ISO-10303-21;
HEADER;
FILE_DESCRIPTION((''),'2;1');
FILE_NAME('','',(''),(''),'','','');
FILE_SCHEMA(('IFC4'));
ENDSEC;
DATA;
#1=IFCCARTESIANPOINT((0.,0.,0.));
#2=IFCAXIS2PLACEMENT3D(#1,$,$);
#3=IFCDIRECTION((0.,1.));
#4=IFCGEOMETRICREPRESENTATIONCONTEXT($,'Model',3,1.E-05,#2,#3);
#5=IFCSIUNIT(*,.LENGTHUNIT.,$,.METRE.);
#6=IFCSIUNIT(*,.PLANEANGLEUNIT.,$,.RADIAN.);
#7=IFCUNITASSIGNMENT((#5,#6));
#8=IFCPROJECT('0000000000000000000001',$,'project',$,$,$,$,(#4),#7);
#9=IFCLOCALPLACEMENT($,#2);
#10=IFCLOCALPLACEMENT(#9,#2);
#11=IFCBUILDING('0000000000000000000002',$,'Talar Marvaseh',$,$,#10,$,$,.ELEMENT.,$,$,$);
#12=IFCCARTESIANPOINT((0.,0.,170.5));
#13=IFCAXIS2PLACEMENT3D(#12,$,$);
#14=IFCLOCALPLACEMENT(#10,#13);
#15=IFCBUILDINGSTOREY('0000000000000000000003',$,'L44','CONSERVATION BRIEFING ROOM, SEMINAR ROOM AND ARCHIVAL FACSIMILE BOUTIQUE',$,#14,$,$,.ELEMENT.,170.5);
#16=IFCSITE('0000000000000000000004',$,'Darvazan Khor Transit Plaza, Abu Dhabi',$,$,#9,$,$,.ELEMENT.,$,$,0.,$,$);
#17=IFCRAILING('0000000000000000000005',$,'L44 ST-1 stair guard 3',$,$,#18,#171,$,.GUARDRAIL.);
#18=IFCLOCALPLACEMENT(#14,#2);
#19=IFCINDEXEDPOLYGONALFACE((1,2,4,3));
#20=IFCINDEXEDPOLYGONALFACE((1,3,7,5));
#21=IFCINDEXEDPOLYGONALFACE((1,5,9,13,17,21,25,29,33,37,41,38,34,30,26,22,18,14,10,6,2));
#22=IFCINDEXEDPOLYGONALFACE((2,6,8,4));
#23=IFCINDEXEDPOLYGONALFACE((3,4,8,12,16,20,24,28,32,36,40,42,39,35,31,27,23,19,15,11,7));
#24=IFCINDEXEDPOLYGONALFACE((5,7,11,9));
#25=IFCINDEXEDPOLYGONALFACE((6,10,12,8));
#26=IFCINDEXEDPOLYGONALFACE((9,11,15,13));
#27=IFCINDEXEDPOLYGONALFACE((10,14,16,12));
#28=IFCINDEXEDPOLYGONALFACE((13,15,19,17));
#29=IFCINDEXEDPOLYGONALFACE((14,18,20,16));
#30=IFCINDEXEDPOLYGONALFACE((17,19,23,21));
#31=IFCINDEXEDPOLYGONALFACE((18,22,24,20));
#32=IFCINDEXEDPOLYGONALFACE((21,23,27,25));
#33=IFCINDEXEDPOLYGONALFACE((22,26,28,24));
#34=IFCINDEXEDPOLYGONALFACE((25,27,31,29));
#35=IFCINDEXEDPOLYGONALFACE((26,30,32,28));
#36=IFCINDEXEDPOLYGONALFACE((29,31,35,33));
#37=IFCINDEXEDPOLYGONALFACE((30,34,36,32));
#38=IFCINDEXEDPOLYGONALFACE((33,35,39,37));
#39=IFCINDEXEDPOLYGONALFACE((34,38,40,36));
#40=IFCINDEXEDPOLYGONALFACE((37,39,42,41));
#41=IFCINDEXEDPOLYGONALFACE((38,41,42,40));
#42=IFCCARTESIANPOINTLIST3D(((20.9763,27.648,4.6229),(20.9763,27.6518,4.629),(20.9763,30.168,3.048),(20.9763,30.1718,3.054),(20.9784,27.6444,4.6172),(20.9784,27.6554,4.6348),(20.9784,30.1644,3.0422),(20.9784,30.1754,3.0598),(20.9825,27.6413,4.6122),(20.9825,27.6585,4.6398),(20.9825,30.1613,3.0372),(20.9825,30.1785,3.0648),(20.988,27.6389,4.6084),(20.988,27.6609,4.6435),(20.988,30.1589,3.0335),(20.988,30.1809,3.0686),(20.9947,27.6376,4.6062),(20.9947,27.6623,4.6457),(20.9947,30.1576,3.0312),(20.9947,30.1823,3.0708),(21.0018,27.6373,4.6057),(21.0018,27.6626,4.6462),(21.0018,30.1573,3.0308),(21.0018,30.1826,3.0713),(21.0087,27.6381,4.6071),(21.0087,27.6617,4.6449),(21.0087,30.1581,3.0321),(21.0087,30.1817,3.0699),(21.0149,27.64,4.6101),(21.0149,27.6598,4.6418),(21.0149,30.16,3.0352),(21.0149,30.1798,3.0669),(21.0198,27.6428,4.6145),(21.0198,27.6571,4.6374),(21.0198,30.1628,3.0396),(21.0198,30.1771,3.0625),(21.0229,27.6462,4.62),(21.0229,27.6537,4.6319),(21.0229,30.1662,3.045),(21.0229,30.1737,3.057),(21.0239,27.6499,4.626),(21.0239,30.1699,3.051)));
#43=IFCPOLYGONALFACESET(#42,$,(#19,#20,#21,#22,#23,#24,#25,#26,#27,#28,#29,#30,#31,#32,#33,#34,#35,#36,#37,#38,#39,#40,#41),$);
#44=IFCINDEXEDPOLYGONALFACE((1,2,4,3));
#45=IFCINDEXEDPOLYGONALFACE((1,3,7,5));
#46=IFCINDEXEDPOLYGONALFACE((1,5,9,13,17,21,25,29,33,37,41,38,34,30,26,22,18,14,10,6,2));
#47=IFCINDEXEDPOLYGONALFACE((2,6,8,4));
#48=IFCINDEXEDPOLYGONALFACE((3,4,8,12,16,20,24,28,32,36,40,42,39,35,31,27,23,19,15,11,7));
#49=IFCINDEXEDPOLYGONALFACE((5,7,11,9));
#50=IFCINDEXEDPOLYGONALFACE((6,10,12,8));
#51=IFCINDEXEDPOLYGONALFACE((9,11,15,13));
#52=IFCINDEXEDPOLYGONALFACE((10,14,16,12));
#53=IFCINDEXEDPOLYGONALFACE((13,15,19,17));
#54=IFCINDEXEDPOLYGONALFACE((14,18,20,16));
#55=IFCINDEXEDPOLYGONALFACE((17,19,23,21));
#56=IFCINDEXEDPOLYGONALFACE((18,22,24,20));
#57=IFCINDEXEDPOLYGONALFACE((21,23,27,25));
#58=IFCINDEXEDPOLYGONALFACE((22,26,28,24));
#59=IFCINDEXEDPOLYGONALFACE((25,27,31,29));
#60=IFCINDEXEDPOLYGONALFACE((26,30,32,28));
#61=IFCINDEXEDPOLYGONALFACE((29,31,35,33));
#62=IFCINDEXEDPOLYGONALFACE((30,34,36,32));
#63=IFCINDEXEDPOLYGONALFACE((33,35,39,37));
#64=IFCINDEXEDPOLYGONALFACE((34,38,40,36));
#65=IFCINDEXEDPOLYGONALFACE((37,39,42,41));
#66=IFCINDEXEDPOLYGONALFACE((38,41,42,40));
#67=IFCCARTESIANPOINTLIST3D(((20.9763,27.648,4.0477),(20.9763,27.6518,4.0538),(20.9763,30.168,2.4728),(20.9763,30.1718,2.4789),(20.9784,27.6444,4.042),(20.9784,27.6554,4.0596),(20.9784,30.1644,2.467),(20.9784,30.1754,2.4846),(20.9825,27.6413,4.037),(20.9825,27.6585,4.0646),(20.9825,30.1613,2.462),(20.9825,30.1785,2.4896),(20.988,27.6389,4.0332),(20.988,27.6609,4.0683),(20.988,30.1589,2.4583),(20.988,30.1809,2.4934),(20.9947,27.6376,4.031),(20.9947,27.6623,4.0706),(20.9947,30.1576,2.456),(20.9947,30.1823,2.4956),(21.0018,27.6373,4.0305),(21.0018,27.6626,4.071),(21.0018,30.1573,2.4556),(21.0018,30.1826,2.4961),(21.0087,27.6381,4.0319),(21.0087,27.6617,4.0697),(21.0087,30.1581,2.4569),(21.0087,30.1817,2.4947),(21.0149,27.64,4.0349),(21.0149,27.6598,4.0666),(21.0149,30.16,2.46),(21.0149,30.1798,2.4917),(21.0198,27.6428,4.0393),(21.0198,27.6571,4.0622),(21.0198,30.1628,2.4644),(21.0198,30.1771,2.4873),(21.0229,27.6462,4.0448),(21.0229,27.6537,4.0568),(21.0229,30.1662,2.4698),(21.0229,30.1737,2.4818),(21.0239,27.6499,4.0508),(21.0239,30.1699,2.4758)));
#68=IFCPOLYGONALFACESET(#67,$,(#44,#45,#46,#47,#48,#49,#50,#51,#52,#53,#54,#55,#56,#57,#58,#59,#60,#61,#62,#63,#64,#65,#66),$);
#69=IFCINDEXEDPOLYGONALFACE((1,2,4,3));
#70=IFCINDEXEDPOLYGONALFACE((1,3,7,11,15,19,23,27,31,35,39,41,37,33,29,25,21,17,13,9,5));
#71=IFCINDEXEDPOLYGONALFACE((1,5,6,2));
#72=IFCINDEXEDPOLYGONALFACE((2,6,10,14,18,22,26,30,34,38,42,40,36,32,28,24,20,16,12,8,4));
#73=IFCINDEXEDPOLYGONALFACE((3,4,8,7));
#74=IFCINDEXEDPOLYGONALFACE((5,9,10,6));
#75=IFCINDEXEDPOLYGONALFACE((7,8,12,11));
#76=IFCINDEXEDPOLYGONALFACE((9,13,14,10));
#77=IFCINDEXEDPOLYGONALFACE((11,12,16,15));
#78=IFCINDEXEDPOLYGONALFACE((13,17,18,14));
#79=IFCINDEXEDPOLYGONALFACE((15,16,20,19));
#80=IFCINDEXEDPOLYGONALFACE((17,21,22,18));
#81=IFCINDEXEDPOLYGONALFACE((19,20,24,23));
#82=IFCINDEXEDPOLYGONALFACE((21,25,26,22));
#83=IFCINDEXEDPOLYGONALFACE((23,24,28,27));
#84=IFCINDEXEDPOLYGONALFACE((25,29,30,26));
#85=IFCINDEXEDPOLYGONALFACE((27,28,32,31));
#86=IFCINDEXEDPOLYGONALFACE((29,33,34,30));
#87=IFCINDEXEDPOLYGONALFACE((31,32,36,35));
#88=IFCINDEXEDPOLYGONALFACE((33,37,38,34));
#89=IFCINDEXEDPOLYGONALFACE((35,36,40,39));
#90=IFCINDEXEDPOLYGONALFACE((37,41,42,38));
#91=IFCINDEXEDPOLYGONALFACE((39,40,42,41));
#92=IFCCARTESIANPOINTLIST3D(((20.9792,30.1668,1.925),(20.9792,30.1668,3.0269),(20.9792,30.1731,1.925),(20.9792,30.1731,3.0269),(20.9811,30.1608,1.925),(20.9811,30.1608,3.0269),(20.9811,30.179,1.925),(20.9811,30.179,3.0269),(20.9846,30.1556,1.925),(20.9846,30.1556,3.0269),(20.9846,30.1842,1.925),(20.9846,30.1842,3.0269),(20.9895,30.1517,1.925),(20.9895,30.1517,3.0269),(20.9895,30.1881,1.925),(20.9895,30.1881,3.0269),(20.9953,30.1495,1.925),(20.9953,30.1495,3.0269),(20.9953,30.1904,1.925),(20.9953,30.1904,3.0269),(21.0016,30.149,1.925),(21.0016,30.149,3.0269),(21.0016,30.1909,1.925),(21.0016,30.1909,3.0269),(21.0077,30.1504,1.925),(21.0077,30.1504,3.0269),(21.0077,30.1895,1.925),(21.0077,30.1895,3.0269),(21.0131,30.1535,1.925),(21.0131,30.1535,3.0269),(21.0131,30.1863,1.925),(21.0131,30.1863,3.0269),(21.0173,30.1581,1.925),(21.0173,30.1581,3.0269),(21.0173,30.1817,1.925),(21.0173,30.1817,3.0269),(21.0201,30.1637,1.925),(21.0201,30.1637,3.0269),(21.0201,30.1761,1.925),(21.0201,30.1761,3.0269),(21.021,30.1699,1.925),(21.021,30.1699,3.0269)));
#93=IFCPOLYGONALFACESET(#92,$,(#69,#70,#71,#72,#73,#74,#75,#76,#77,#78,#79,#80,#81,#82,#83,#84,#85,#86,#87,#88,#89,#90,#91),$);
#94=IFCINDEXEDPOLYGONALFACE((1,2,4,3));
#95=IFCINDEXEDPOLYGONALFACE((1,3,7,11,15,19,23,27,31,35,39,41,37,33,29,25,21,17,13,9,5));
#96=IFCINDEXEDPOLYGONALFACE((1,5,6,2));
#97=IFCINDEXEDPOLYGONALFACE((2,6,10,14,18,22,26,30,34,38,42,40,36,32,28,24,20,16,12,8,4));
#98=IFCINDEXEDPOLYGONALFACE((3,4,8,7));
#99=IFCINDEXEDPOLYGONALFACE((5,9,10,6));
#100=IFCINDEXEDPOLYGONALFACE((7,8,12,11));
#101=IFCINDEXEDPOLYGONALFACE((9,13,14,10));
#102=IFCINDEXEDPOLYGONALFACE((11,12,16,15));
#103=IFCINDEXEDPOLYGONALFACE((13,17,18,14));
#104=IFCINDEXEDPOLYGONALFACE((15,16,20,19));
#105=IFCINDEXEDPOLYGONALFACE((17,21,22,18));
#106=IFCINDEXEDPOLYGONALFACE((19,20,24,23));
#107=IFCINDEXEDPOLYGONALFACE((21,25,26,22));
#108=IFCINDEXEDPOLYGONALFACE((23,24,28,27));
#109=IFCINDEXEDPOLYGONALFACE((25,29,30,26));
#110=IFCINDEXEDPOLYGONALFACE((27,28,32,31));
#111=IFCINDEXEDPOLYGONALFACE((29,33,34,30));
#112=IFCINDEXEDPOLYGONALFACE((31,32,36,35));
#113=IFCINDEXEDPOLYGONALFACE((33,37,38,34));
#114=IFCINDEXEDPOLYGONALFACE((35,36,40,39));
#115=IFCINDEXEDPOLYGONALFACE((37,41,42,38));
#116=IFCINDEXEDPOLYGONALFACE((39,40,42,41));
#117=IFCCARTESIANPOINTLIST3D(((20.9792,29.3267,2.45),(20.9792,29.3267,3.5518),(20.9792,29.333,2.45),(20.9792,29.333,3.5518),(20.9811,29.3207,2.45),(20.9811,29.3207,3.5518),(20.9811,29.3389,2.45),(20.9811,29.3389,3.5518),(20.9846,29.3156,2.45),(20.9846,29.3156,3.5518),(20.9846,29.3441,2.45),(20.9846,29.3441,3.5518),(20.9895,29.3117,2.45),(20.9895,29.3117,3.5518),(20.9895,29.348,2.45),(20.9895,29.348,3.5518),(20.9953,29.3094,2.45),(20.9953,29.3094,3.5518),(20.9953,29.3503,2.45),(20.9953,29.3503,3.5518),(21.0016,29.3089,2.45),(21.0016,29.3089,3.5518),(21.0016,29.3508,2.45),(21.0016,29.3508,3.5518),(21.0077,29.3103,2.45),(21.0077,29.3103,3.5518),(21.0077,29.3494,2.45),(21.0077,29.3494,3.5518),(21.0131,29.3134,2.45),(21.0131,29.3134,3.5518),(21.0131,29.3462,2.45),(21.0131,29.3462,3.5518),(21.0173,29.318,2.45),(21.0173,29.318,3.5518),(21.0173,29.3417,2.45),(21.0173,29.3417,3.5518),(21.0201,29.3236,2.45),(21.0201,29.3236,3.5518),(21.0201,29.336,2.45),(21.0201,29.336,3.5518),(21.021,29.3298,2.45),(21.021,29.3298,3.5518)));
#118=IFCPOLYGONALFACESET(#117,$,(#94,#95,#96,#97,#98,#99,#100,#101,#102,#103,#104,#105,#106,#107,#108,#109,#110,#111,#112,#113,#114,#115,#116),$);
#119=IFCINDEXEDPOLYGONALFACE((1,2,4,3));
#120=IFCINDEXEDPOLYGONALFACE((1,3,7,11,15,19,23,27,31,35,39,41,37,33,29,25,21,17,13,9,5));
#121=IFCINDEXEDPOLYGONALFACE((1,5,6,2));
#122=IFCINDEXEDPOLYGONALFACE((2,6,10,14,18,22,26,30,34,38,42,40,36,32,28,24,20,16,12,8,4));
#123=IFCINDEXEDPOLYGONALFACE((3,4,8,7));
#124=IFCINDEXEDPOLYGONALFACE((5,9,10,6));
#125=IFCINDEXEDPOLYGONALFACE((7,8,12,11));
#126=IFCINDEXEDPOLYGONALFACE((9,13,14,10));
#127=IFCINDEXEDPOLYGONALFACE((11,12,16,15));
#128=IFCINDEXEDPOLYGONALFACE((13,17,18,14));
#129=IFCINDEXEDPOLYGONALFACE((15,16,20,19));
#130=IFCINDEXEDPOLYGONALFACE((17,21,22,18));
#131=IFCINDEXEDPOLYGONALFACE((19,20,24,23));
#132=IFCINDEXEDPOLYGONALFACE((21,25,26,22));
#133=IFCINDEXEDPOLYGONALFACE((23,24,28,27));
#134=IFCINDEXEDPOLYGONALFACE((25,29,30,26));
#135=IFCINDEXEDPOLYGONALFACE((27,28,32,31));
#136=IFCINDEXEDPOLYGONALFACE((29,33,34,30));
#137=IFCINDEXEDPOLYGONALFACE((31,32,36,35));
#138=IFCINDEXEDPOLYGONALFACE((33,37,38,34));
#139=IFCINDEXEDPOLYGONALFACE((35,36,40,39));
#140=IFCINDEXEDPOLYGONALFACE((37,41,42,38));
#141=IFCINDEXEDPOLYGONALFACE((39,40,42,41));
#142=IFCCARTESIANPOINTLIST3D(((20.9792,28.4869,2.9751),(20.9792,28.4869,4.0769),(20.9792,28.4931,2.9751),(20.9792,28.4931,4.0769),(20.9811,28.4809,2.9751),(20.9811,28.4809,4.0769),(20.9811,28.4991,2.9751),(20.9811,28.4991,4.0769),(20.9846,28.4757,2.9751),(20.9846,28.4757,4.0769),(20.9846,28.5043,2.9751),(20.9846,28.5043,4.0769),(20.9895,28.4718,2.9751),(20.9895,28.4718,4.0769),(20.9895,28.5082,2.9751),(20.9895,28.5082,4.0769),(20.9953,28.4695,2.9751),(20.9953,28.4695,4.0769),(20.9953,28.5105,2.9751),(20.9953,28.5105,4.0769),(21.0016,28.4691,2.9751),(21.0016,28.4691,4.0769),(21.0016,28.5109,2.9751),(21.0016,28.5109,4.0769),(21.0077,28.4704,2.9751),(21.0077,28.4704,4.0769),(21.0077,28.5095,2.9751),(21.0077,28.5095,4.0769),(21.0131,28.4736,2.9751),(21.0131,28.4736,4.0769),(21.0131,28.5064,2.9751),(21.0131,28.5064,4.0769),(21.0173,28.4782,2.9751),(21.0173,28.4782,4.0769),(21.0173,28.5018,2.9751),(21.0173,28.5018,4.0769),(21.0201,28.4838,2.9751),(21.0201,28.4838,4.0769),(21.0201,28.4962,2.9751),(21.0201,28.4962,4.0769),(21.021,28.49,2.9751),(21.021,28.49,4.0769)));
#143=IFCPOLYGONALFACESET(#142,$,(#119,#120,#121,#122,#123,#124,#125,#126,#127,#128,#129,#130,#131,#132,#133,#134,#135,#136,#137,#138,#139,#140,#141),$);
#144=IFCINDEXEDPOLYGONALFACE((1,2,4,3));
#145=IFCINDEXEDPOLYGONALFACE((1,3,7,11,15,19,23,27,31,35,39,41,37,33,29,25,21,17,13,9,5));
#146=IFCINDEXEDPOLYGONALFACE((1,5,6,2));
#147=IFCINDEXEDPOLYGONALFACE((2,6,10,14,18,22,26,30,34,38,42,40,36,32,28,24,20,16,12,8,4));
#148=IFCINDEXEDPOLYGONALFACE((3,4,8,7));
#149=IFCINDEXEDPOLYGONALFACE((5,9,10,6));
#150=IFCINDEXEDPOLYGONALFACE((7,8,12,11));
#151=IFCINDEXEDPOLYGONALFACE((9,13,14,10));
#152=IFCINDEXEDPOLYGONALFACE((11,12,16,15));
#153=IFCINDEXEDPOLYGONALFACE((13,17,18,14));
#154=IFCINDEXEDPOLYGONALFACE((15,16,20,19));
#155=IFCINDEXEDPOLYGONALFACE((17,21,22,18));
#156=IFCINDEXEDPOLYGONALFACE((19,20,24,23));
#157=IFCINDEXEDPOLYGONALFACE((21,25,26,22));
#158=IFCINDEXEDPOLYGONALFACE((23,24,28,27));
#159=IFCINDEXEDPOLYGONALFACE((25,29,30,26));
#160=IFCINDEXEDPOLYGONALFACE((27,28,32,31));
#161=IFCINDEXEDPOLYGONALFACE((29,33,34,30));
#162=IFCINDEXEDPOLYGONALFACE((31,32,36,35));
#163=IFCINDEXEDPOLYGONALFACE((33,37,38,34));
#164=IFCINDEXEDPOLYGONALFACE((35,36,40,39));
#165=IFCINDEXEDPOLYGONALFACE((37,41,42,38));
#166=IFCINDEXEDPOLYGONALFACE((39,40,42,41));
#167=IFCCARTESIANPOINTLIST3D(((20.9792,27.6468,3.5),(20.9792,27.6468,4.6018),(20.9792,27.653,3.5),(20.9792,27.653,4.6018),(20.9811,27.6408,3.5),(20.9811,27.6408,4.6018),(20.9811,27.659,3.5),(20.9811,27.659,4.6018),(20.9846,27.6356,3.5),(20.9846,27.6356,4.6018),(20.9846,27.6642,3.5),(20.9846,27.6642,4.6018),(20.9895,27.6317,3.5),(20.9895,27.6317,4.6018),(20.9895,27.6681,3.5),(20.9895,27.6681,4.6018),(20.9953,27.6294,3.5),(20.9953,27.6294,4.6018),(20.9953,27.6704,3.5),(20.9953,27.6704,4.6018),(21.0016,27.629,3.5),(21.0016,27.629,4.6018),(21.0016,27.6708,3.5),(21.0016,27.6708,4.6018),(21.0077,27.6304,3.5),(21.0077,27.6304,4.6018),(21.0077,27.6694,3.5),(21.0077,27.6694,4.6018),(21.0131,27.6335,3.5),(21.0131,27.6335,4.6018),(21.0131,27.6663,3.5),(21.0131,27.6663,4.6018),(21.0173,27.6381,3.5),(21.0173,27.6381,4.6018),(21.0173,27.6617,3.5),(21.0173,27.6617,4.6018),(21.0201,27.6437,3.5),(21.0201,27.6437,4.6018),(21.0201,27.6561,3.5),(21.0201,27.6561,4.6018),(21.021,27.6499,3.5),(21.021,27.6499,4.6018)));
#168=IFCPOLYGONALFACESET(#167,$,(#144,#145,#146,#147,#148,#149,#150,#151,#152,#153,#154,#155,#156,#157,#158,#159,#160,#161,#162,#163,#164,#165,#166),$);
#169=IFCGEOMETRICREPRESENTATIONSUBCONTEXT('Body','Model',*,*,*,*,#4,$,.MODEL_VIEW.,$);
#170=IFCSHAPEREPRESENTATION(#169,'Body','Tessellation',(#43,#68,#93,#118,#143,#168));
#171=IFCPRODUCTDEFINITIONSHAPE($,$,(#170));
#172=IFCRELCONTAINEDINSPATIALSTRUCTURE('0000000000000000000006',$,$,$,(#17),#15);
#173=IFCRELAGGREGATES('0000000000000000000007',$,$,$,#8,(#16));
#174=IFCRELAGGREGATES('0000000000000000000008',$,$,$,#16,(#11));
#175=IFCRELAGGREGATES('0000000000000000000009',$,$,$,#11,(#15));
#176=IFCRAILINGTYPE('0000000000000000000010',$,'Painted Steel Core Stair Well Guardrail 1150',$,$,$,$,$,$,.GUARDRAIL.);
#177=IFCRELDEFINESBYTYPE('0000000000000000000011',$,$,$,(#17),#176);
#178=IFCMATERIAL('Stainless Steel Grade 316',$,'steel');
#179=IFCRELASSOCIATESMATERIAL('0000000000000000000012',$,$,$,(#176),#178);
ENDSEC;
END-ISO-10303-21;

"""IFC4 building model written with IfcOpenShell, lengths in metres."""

from ifc_helpers import new_model, si_unit, direction, frame, origin, origin_2d, place, context, subcontext, project, spatial, circle, extrude, material, type_object, element, save


model = new_model("IFC4")

# Units and contexts
model_context = context("Model", 3, precision=1e-05, world=origin(), true_north=direction((0.0, 1.0)))
body_context = subcontext(model_context, "Body", "Model", "MODEL_VIEW")
ifc_project = project(units=[si_unit("LENGTHUNIT", "METRE"), si_unit("PLANEANGLEUNIT", "RADIAN")], contexts=[model_context])

# Site, building, storey
site_placement = place(None, origin())
site = spatial("IfcSite", under=ifc_project, at=site_placement, Name="Darvazan Khor Transit Plaza, Abu Dhabi", CompositionType="ELEMENT", RefElevation=0.0)
building_placement = place(site_placement, origin())
building = spatial("IfcBuilding", under=site, at=building_placement, Name="Talar Marvaseh", CompositionType="ELEMENT")
storey_placement = place(building_placement, frame((0.0, 0.0, 170.5)))
storey = spatial("IfcBuildingStorey", under=building, at=storey_placement, Name="L44", Description="CONSERVATION BRIEFING ROOM, SEMINAR ROOM AND ARCHIVAL FACSIMILE BOUTIQUE", CompositionType="ELEMENT", Elevation=170.5)

# Railing
ifc_material_1 = material(Name="Stainless Steel Grade 316", Category="steel")
railing_type_1 = type_object("IfcRailingType", Name="Painted Steel Core Stair Well Guardrail 1150", PredefinedType="GUARDRAIL", material=ifc_material_1)
railing_1_placement = place(storey_placement, frame((21.0, 30.1699, 1.925)))
element("IfcRailing", 1, at=railing_1_placement, inside=storey, type_object=railing_type_1, Name="L44 ST-1 stair guard 3", PredefinedType="GUARDRAIL", context=body_context, shape_type="SweptSolid", body=[
    extrude(circle(Radius=0.0239, at=origin_2d()), frame((0.0, 0.0, 1.126), z_axis=(0.0, -0.848008, 0.529984), x_axis=(1.0, 0.0, 0.0)), (0.0, 0.0, 1.0), 2.9717),
    extrude(circle(Radius=0.0239, at=origin_2d()), frame((0.0, 0.0, 0.5508), z_axis=(0.0, -0.848008, 0.529984), x_axis=(1.0, 0.0, 0.0)), (0.0, 0.0, 1.0), 2.9717),
    extrude(circle(Radius=0.021, at=origin_2d()), origin(), (0.0, 0.0, 1.0), 1.1018),
    extrude(circle(Radius=0.021, at=origin_2d()), frame((0.0, -0.8401, 0.5249)), (0.0, 0.0, 1.0), 1.1018),
    extrude(circle(Radius=0.021, at=origin_2d()), frame((0.0, -1.6799, 1.05)), (0.0, 0.0, 1.0), 1.1018),
    extrude(circle(Radius=0.021, at=origin_2d()), frame((0.0, -2.52, 1.575)), (0.0, 0.0, 1.0), 1.1018),
])

save(model, "model.ifc")
